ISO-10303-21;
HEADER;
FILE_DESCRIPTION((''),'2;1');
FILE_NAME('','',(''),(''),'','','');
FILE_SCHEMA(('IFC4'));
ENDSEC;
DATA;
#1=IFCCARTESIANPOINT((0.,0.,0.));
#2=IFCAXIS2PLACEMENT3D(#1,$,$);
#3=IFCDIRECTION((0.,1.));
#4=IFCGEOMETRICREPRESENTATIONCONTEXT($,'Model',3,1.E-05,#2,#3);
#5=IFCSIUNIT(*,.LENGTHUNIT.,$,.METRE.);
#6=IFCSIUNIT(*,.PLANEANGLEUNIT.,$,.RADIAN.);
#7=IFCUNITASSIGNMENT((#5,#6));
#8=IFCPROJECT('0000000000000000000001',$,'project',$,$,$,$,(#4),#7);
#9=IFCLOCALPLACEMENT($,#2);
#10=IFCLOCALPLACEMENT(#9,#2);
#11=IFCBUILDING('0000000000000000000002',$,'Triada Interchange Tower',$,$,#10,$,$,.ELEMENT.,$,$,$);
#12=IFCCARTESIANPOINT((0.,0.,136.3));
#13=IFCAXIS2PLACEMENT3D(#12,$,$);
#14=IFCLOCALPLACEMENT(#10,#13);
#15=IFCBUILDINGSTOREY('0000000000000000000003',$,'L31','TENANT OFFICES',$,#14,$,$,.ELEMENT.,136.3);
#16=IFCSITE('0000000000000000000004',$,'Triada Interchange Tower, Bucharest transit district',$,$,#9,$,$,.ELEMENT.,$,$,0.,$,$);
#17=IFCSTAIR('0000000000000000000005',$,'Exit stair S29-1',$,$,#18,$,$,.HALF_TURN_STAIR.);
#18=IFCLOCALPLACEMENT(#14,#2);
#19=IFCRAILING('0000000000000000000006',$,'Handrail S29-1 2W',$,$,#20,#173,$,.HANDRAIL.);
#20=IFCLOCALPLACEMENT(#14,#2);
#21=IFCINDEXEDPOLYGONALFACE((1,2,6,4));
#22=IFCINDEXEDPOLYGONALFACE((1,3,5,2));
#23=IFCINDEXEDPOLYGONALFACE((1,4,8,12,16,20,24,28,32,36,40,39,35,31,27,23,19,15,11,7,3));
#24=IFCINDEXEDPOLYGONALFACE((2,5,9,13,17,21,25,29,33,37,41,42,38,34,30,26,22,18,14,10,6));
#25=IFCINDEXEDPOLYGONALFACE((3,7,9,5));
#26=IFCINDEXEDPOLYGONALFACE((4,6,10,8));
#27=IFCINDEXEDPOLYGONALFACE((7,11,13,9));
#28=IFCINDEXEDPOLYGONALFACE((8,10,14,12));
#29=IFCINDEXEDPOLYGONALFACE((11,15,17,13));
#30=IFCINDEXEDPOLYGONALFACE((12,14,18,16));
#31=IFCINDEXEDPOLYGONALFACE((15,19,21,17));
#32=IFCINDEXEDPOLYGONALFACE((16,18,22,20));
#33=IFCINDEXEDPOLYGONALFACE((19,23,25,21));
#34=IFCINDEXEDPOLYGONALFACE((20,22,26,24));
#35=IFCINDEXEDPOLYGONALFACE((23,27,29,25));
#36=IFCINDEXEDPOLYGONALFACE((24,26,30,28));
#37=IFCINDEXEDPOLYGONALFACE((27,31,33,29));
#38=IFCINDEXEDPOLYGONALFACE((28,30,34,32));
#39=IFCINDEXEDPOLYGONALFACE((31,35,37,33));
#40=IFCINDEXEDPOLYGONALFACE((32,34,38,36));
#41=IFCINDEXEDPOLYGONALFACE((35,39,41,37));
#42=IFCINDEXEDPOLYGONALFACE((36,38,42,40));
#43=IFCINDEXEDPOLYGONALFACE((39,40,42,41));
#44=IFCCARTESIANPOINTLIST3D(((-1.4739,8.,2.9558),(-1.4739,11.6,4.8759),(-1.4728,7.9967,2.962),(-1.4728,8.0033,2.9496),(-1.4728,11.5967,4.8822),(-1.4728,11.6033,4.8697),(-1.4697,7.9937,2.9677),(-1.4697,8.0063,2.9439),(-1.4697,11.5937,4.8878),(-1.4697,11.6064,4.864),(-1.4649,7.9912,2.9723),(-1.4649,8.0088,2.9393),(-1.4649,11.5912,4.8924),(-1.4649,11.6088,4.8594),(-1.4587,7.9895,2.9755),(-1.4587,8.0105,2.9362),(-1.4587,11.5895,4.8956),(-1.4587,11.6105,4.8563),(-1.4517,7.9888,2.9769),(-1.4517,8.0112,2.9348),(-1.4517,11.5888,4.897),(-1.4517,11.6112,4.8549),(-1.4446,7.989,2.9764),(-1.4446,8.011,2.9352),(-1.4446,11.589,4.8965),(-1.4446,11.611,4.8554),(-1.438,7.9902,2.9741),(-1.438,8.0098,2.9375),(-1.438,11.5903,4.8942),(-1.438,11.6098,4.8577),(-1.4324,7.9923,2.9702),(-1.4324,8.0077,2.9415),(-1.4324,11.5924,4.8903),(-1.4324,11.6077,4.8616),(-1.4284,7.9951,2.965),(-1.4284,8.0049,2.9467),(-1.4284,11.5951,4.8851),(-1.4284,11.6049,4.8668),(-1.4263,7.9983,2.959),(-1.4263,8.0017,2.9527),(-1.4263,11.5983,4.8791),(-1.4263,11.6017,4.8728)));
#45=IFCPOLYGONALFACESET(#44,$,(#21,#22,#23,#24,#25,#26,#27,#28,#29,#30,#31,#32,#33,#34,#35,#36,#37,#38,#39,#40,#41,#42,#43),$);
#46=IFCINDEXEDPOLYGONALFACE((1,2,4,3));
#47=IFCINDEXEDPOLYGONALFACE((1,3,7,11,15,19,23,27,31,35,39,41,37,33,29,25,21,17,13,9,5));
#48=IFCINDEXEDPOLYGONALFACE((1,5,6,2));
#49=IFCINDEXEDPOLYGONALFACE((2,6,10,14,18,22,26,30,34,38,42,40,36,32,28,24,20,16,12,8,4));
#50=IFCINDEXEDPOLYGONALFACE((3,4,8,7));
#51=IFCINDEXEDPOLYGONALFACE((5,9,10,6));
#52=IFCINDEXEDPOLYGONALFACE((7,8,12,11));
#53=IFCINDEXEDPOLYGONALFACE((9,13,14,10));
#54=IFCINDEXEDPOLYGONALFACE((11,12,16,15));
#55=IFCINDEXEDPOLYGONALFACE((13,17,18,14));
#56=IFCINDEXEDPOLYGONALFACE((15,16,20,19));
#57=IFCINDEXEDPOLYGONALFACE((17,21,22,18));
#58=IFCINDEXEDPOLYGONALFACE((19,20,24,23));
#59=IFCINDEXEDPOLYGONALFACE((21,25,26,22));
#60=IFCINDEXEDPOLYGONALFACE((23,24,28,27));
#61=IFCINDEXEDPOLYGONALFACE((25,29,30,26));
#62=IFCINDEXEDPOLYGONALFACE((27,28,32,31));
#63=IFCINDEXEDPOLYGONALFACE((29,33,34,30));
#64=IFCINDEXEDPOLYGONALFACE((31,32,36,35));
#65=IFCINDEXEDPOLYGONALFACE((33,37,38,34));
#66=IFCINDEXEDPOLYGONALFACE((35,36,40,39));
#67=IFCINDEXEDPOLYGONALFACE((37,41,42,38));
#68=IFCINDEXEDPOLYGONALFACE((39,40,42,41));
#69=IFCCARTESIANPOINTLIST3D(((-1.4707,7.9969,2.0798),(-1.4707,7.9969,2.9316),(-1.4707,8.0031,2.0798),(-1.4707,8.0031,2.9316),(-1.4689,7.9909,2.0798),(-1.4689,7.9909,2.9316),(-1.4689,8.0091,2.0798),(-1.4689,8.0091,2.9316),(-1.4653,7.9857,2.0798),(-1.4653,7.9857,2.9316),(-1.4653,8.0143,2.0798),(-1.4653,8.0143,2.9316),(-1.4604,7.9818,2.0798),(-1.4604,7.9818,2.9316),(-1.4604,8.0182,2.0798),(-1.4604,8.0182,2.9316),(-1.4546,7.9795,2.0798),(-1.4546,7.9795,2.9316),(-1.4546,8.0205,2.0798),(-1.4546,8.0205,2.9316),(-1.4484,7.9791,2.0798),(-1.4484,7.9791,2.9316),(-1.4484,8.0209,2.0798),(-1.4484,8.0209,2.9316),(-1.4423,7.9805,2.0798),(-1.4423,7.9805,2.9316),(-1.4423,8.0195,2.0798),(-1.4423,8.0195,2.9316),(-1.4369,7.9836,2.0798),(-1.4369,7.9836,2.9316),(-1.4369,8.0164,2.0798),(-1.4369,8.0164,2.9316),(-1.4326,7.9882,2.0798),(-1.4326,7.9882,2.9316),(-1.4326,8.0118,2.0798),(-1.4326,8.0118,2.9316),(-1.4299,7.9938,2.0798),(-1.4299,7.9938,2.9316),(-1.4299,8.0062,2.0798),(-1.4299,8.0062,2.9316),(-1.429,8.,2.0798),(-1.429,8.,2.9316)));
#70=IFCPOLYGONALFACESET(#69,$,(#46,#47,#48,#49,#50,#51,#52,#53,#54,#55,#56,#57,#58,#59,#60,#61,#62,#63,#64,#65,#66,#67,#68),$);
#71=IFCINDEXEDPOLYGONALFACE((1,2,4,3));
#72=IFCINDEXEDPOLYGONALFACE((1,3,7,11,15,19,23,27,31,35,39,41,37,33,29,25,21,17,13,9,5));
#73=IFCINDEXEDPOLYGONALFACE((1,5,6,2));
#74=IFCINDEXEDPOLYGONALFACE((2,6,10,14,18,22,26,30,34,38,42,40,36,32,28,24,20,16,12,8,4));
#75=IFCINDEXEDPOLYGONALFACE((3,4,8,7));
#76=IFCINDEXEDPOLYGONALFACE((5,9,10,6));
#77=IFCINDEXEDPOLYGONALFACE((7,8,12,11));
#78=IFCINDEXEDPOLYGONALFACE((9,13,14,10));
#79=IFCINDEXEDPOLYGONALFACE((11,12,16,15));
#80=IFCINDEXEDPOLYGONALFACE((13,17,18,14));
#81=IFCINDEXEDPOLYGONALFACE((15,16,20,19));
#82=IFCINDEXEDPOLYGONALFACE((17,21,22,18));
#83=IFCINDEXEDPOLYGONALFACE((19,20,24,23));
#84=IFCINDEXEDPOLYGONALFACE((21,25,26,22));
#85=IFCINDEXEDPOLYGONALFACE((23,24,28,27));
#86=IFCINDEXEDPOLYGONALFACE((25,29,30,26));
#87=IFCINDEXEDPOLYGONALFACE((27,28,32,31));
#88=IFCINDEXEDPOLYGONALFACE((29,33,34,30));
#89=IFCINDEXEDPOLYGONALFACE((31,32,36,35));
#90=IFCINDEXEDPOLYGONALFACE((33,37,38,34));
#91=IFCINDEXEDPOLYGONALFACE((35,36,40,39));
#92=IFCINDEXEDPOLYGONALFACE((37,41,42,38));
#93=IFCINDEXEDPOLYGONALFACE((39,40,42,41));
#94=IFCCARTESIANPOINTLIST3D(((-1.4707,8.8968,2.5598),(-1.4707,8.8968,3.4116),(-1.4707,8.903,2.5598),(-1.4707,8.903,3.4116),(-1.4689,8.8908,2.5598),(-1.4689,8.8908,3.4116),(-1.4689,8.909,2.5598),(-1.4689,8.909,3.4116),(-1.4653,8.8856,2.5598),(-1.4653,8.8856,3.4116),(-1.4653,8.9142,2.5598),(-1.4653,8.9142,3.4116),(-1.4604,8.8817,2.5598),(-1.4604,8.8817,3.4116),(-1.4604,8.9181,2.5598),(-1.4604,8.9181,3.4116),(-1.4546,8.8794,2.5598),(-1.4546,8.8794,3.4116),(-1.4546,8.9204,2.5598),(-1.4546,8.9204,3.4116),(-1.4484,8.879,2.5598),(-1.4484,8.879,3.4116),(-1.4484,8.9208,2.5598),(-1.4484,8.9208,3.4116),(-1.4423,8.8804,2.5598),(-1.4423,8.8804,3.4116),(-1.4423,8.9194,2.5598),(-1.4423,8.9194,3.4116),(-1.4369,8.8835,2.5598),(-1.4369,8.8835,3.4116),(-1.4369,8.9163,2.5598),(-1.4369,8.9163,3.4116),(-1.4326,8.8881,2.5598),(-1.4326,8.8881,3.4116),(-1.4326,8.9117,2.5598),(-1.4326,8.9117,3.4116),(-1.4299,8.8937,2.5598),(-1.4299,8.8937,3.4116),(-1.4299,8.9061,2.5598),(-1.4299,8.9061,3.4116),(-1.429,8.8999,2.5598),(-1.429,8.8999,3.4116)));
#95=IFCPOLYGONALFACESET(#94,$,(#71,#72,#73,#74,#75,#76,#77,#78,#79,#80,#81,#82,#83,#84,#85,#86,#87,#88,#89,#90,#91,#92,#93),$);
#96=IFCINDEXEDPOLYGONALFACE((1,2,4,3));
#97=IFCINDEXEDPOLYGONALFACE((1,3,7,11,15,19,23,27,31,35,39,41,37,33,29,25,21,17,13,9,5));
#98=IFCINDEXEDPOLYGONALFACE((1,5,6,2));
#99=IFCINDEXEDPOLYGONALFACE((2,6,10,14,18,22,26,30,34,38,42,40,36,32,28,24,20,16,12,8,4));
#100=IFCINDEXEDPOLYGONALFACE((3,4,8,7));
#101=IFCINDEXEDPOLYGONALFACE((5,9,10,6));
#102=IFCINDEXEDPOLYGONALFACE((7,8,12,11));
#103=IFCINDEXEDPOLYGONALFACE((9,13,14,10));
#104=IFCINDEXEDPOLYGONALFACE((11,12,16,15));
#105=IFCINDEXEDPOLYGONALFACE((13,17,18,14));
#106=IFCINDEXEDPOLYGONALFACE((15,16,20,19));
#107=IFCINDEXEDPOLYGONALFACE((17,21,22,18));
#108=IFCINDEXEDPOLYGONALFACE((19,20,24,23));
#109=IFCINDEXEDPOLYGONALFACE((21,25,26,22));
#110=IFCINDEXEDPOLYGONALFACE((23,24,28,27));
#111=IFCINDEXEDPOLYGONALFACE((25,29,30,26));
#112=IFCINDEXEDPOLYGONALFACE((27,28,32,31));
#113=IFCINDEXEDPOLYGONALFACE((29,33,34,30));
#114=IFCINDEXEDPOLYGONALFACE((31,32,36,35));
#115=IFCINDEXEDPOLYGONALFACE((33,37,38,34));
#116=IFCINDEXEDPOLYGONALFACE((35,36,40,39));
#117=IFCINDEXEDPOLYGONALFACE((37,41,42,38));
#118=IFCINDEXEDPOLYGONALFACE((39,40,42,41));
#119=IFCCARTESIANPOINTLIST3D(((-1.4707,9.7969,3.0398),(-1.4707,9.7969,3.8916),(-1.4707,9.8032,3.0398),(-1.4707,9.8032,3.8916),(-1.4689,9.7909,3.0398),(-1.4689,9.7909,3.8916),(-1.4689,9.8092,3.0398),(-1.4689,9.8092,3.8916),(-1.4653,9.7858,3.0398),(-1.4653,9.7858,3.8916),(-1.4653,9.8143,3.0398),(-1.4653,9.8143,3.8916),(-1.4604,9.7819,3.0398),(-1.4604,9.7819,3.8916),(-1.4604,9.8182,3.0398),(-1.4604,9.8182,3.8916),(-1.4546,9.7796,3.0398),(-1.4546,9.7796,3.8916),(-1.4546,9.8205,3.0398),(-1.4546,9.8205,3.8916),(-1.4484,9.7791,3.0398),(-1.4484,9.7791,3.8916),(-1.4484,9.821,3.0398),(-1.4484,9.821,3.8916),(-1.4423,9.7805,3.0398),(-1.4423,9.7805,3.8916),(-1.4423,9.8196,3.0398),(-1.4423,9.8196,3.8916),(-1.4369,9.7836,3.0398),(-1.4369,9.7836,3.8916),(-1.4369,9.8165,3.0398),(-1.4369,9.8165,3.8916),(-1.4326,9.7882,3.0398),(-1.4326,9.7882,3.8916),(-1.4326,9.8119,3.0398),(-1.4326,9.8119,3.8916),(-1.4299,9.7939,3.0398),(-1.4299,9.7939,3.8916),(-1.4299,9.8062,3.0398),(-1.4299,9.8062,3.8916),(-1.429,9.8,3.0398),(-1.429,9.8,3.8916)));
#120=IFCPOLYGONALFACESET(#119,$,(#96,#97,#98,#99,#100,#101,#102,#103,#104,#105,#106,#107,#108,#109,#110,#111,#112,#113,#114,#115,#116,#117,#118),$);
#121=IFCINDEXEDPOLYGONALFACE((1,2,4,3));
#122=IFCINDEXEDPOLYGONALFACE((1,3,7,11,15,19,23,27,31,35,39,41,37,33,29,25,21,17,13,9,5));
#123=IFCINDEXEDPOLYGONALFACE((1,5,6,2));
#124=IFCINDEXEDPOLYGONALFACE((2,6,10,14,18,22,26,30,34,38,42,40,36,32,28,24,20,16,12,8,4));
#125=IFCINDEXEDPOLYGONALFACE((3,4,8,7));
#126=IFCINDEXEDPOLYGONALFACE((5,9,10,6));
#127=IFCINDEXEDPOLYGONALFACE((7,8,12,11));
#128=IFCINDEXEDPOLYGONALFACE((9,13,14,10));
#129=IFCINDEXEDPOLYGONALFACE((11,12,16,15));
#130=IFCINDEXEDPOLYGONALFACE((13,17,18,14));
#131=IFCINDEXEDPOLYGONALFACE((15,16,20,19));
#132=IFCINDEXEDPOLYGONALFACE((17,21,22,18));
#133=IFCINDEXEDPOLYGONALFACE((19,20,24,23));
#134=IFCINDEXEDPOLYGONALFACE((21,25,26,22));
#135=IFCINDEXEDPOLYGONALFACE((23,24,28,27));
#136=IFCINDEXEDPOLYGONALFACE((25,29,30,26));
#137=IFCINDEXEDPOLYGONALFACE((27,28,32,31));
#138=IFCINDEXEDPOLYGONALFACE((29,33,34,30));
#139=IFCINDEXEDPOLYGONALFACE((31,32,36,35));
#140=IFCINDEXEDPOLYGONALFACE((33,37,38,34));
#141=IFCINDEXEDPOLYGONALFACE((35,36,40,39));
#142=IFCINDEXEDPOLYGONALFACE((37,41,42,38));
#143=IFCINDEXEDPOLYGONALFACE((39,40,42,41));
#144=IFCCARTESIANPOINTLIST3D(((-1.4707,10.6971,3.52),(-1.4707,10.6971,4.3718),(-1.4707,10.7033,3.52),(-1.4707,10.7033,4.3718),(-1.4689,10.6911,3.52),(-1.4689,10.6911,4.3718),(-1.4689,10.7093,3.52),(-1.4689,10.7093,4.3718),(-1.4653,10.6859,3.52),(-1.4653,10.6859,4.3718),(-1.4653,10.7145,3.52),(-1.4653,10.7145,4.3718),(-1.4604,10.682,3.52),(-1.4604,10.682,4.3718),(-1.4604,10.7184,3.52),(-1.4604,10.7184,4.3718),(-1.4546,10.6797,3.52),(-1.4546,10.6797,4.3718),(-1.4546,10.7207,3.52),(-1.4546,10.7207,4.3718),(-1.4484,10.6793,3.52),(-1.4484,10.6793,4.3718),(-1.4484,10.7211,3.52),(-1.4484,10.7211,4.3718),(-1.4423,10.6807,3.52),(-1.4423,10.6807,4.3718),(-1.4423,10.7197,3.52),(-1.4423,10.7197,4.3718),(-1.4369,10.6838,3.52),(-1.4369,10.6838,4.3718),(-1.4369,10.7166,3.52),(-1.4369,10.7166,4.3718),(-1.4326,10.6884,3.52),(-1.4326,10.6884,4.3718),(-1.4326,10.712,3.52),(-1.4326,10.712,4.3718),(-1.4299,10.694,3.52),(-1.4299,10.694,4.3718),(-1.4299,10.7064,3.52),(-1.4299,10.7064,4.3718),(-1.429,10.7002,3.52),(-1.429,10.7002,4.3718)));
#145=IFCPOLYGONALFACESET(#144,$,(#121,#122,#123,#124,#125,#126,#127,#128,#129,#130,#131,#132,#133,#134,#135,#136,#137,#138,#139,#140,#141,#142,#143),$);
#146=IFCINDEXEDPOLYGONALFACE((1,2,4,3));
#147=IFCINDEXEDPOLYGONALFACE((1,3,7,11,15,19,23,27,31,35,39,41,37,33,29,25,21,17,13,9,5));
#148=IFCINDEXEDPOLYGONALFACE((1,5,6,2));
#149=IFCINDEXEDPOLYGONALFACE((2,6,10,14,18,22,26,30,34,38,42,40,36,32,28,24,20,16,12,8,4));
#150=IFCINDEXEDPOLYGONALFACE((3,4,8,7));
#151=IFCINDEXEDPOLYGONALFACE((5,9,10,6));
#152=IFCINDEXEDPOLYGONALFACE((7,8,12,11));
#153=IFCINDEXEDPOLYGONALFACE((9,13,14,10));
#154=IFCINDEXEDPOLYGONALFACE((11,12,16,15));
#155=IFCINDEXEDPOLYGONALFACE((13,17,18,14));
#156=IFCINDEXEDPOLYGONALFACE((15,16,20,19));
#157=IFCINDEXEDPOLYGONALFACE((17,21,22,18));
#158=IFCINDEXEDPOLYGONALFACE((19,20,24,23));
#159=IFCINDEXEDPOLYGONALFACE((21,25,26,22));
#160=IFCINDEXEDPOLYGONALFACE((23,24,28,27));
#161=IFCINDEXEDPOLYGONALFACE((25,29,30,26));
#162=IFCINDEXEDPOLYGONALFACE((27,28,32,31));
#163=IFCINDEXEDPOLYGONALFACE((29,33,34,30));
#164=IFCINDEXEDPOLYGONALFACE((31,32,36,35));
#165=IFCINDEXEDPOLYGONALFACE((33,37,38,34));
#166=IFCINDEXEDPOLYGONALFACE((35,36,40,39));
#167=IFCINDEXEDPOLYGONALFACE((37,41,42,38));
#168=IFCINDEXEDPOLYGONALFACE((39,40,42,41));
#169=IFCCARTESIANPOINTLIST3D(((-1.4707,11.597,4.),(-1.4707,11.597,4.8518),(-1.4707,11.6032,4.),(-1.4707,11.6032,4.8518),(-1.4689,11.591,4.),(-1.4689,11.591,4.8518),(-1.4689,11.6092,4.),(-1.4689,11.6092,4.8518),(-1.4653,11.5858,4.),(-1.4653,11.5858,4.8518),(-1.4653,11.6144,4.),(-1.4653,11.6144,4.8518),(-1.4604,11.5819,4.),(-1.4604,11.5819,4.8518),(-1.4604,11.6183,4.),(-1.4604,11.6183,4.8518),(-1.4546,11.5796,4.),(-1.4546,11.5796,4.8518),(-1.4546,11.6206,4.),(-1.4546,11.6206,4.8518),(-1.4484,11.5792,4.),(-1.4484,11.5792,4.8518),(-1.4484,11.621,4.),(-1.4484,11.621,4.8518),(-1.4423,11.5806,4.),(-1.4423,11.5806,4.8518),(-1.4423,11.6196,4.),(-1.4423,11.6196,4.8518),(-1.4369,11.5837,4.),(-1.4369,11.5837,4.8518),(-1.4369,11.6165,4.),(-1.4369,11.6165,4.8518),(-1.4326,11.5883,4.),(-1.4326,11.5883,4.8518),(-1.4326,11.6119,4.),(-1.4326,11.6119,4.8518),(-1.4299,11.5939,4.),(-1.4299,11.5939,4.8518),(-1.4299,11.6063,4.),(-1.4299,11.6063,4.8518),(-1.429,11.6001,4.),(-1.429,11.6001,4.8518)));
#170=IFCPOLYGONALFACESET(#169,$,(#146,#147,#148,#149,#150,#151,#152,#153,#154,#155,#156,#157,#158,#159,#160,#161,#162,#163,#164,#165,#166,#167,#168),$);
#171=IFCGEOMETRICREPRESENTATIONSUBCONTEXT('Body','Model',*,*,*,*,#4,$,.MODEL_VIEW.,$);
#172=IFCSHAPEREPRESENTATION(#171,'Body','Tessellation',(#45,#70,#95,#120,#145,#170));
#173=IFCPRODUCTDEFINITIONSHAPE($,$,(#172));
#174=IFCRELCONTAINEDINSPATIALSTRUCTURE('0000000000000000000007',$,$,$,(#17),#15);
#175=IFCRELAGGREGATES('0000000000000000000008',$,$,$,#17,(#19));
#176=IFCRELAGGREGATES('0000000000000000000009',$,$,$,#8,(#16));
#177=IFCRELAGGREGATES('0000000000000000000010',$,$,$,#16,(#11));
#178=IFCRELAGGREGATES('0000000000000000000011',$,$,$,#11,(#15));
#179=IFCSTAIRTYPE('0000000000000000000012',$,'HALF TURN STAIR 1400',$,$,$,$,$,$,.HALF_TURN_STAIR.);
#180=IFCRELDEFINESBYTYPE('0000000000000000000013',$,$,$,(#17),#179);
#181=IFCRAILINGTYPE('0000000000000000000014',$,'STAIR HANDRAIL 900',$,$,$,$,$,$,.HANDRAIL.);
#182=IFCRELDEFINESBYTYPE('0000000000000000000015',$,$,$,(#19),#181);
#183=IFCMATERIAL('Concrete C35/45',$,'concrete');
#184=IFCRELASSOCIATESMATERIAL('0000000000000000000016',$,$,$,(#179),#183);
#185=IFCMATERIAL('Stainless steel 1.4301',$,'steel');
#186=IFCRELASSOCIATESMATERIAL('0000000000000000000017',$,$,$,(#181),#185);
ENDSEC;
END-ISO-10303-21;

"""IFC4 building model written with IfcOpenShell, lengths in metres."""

from ifc_helpers import new_model, si_unit, direction, frame, origin, origin_2d, place, context, subcontext, project, spatial, circle, extrude, material, type_object, element, aggregate, save


model = new_model("IFC4")

# Units and contexts
model_context = context("Model", 3, precision=1e-05, world=origin(), true_north=direction((0.0, 1.0)))
body_context = subcontext(model_context, "Body", "Model", "MODEL_VIEW")
ifc_project = project(units=[si_unit("LENGTHUNIT", "METRE"), si_unit("PLANEANGLEUNIT", "RADIAN")], contexts=[model_context])

# Site, building, storey
site_placement = place(None, origin())
site = spatial("IfcSite", under=ifc_project, at=site_placement, Name="Triada Interchange Tower, Bucharest transit district", CompositionType="ELEMENT", RefElevation=0.0)
building_placement = place(site_placement, origin())
building = spatial("IfcBuilding", under=site, at=building_placement, Name="Triada Interchange Tower", CompositionType="ELEMENT")
storey_placement = place(building_placement, frame((0.0, 0.0, 136.3)))
storey = spatial("IfcBuildingStorey", under=building, at=storey_placement, Name="L31", Description="TENANT OFFICES", CompositionType="ELEMENT", Elevation=136.3)

# Stair, railing
ifc_material_1 = material(Name="Concrete C35/45", Category="concrete")
stair_type = type_object("IfcStairType", Name="HALF TURN STAIR 1400", PredefinedType="HALF_TURN_STAIR", material=ifc_material_1)
stair_placement = place(storey_placement, origin())
stair = element("IfcStair", 1, at=stair_placement, inside=storey, type_object=stair_type, Name="Exit stair S29-1", PredefinedType="HALF_TURN_STAIR")
ifc_material_2 = material(Name="Stainless steel 1.4301", Category="steel")
railing_type = type_object("IfcRailingType", Name="STAIR HANDRAIL 900", PredefinedType="HANDRAIL", material=ifc_material_2)
railing_1_placement = place(storey_placement, frame((-1.45, 8.0, 2.0798)))
railing_1 = element("IfcRailing", 2, at=railing_1_placement, type_object=railing_type, Name="Handrail S29-1 2W", PredefinedType="HANDRAIL", context=body_context, shape_type="SweptSolid", body=[
    extrude(circle(Radius=0.0239, at=origin_2d()), frame((0.0, 0.0, 0.876), z_axis=(0.0, 0.882341, 0.47061), x_axis=(-1.0, 0.0, 0.0)), (0.0, 0.0, 1.0), 4.0801),
    extrude(circle(Radius=0.021, at=origin_2d()), origin(), (0.0, 0.0, 1.0), 0.8518),
    extrude(circle(Radius=0.021, at=origin_2d()), frame((0.0, 0.8999, 0.48)), (0.0, 0.0, 1.0), 0.8518),
    extrude(circle(Radius=0.021, at=origin_2d()), frame((0.0, 1.8, 0.96)), (0.0, 0.0, 1.0), 0.8518),
    extrude(circle(Radius=0.021, at=origin_2d()), frame((0.0, 2.7002, 1.4402)), (0.0, 0.0, 1.0), 0.8518),
    extrude(circle(Radius=0.021, at=origin_2d()), frame((0.0, 3.6001, 1.9202)), (0.0, 0.0, 1.0), 0.8518),
])
aggregate(stair, [railing_1])

save(model, "model.ifc")
